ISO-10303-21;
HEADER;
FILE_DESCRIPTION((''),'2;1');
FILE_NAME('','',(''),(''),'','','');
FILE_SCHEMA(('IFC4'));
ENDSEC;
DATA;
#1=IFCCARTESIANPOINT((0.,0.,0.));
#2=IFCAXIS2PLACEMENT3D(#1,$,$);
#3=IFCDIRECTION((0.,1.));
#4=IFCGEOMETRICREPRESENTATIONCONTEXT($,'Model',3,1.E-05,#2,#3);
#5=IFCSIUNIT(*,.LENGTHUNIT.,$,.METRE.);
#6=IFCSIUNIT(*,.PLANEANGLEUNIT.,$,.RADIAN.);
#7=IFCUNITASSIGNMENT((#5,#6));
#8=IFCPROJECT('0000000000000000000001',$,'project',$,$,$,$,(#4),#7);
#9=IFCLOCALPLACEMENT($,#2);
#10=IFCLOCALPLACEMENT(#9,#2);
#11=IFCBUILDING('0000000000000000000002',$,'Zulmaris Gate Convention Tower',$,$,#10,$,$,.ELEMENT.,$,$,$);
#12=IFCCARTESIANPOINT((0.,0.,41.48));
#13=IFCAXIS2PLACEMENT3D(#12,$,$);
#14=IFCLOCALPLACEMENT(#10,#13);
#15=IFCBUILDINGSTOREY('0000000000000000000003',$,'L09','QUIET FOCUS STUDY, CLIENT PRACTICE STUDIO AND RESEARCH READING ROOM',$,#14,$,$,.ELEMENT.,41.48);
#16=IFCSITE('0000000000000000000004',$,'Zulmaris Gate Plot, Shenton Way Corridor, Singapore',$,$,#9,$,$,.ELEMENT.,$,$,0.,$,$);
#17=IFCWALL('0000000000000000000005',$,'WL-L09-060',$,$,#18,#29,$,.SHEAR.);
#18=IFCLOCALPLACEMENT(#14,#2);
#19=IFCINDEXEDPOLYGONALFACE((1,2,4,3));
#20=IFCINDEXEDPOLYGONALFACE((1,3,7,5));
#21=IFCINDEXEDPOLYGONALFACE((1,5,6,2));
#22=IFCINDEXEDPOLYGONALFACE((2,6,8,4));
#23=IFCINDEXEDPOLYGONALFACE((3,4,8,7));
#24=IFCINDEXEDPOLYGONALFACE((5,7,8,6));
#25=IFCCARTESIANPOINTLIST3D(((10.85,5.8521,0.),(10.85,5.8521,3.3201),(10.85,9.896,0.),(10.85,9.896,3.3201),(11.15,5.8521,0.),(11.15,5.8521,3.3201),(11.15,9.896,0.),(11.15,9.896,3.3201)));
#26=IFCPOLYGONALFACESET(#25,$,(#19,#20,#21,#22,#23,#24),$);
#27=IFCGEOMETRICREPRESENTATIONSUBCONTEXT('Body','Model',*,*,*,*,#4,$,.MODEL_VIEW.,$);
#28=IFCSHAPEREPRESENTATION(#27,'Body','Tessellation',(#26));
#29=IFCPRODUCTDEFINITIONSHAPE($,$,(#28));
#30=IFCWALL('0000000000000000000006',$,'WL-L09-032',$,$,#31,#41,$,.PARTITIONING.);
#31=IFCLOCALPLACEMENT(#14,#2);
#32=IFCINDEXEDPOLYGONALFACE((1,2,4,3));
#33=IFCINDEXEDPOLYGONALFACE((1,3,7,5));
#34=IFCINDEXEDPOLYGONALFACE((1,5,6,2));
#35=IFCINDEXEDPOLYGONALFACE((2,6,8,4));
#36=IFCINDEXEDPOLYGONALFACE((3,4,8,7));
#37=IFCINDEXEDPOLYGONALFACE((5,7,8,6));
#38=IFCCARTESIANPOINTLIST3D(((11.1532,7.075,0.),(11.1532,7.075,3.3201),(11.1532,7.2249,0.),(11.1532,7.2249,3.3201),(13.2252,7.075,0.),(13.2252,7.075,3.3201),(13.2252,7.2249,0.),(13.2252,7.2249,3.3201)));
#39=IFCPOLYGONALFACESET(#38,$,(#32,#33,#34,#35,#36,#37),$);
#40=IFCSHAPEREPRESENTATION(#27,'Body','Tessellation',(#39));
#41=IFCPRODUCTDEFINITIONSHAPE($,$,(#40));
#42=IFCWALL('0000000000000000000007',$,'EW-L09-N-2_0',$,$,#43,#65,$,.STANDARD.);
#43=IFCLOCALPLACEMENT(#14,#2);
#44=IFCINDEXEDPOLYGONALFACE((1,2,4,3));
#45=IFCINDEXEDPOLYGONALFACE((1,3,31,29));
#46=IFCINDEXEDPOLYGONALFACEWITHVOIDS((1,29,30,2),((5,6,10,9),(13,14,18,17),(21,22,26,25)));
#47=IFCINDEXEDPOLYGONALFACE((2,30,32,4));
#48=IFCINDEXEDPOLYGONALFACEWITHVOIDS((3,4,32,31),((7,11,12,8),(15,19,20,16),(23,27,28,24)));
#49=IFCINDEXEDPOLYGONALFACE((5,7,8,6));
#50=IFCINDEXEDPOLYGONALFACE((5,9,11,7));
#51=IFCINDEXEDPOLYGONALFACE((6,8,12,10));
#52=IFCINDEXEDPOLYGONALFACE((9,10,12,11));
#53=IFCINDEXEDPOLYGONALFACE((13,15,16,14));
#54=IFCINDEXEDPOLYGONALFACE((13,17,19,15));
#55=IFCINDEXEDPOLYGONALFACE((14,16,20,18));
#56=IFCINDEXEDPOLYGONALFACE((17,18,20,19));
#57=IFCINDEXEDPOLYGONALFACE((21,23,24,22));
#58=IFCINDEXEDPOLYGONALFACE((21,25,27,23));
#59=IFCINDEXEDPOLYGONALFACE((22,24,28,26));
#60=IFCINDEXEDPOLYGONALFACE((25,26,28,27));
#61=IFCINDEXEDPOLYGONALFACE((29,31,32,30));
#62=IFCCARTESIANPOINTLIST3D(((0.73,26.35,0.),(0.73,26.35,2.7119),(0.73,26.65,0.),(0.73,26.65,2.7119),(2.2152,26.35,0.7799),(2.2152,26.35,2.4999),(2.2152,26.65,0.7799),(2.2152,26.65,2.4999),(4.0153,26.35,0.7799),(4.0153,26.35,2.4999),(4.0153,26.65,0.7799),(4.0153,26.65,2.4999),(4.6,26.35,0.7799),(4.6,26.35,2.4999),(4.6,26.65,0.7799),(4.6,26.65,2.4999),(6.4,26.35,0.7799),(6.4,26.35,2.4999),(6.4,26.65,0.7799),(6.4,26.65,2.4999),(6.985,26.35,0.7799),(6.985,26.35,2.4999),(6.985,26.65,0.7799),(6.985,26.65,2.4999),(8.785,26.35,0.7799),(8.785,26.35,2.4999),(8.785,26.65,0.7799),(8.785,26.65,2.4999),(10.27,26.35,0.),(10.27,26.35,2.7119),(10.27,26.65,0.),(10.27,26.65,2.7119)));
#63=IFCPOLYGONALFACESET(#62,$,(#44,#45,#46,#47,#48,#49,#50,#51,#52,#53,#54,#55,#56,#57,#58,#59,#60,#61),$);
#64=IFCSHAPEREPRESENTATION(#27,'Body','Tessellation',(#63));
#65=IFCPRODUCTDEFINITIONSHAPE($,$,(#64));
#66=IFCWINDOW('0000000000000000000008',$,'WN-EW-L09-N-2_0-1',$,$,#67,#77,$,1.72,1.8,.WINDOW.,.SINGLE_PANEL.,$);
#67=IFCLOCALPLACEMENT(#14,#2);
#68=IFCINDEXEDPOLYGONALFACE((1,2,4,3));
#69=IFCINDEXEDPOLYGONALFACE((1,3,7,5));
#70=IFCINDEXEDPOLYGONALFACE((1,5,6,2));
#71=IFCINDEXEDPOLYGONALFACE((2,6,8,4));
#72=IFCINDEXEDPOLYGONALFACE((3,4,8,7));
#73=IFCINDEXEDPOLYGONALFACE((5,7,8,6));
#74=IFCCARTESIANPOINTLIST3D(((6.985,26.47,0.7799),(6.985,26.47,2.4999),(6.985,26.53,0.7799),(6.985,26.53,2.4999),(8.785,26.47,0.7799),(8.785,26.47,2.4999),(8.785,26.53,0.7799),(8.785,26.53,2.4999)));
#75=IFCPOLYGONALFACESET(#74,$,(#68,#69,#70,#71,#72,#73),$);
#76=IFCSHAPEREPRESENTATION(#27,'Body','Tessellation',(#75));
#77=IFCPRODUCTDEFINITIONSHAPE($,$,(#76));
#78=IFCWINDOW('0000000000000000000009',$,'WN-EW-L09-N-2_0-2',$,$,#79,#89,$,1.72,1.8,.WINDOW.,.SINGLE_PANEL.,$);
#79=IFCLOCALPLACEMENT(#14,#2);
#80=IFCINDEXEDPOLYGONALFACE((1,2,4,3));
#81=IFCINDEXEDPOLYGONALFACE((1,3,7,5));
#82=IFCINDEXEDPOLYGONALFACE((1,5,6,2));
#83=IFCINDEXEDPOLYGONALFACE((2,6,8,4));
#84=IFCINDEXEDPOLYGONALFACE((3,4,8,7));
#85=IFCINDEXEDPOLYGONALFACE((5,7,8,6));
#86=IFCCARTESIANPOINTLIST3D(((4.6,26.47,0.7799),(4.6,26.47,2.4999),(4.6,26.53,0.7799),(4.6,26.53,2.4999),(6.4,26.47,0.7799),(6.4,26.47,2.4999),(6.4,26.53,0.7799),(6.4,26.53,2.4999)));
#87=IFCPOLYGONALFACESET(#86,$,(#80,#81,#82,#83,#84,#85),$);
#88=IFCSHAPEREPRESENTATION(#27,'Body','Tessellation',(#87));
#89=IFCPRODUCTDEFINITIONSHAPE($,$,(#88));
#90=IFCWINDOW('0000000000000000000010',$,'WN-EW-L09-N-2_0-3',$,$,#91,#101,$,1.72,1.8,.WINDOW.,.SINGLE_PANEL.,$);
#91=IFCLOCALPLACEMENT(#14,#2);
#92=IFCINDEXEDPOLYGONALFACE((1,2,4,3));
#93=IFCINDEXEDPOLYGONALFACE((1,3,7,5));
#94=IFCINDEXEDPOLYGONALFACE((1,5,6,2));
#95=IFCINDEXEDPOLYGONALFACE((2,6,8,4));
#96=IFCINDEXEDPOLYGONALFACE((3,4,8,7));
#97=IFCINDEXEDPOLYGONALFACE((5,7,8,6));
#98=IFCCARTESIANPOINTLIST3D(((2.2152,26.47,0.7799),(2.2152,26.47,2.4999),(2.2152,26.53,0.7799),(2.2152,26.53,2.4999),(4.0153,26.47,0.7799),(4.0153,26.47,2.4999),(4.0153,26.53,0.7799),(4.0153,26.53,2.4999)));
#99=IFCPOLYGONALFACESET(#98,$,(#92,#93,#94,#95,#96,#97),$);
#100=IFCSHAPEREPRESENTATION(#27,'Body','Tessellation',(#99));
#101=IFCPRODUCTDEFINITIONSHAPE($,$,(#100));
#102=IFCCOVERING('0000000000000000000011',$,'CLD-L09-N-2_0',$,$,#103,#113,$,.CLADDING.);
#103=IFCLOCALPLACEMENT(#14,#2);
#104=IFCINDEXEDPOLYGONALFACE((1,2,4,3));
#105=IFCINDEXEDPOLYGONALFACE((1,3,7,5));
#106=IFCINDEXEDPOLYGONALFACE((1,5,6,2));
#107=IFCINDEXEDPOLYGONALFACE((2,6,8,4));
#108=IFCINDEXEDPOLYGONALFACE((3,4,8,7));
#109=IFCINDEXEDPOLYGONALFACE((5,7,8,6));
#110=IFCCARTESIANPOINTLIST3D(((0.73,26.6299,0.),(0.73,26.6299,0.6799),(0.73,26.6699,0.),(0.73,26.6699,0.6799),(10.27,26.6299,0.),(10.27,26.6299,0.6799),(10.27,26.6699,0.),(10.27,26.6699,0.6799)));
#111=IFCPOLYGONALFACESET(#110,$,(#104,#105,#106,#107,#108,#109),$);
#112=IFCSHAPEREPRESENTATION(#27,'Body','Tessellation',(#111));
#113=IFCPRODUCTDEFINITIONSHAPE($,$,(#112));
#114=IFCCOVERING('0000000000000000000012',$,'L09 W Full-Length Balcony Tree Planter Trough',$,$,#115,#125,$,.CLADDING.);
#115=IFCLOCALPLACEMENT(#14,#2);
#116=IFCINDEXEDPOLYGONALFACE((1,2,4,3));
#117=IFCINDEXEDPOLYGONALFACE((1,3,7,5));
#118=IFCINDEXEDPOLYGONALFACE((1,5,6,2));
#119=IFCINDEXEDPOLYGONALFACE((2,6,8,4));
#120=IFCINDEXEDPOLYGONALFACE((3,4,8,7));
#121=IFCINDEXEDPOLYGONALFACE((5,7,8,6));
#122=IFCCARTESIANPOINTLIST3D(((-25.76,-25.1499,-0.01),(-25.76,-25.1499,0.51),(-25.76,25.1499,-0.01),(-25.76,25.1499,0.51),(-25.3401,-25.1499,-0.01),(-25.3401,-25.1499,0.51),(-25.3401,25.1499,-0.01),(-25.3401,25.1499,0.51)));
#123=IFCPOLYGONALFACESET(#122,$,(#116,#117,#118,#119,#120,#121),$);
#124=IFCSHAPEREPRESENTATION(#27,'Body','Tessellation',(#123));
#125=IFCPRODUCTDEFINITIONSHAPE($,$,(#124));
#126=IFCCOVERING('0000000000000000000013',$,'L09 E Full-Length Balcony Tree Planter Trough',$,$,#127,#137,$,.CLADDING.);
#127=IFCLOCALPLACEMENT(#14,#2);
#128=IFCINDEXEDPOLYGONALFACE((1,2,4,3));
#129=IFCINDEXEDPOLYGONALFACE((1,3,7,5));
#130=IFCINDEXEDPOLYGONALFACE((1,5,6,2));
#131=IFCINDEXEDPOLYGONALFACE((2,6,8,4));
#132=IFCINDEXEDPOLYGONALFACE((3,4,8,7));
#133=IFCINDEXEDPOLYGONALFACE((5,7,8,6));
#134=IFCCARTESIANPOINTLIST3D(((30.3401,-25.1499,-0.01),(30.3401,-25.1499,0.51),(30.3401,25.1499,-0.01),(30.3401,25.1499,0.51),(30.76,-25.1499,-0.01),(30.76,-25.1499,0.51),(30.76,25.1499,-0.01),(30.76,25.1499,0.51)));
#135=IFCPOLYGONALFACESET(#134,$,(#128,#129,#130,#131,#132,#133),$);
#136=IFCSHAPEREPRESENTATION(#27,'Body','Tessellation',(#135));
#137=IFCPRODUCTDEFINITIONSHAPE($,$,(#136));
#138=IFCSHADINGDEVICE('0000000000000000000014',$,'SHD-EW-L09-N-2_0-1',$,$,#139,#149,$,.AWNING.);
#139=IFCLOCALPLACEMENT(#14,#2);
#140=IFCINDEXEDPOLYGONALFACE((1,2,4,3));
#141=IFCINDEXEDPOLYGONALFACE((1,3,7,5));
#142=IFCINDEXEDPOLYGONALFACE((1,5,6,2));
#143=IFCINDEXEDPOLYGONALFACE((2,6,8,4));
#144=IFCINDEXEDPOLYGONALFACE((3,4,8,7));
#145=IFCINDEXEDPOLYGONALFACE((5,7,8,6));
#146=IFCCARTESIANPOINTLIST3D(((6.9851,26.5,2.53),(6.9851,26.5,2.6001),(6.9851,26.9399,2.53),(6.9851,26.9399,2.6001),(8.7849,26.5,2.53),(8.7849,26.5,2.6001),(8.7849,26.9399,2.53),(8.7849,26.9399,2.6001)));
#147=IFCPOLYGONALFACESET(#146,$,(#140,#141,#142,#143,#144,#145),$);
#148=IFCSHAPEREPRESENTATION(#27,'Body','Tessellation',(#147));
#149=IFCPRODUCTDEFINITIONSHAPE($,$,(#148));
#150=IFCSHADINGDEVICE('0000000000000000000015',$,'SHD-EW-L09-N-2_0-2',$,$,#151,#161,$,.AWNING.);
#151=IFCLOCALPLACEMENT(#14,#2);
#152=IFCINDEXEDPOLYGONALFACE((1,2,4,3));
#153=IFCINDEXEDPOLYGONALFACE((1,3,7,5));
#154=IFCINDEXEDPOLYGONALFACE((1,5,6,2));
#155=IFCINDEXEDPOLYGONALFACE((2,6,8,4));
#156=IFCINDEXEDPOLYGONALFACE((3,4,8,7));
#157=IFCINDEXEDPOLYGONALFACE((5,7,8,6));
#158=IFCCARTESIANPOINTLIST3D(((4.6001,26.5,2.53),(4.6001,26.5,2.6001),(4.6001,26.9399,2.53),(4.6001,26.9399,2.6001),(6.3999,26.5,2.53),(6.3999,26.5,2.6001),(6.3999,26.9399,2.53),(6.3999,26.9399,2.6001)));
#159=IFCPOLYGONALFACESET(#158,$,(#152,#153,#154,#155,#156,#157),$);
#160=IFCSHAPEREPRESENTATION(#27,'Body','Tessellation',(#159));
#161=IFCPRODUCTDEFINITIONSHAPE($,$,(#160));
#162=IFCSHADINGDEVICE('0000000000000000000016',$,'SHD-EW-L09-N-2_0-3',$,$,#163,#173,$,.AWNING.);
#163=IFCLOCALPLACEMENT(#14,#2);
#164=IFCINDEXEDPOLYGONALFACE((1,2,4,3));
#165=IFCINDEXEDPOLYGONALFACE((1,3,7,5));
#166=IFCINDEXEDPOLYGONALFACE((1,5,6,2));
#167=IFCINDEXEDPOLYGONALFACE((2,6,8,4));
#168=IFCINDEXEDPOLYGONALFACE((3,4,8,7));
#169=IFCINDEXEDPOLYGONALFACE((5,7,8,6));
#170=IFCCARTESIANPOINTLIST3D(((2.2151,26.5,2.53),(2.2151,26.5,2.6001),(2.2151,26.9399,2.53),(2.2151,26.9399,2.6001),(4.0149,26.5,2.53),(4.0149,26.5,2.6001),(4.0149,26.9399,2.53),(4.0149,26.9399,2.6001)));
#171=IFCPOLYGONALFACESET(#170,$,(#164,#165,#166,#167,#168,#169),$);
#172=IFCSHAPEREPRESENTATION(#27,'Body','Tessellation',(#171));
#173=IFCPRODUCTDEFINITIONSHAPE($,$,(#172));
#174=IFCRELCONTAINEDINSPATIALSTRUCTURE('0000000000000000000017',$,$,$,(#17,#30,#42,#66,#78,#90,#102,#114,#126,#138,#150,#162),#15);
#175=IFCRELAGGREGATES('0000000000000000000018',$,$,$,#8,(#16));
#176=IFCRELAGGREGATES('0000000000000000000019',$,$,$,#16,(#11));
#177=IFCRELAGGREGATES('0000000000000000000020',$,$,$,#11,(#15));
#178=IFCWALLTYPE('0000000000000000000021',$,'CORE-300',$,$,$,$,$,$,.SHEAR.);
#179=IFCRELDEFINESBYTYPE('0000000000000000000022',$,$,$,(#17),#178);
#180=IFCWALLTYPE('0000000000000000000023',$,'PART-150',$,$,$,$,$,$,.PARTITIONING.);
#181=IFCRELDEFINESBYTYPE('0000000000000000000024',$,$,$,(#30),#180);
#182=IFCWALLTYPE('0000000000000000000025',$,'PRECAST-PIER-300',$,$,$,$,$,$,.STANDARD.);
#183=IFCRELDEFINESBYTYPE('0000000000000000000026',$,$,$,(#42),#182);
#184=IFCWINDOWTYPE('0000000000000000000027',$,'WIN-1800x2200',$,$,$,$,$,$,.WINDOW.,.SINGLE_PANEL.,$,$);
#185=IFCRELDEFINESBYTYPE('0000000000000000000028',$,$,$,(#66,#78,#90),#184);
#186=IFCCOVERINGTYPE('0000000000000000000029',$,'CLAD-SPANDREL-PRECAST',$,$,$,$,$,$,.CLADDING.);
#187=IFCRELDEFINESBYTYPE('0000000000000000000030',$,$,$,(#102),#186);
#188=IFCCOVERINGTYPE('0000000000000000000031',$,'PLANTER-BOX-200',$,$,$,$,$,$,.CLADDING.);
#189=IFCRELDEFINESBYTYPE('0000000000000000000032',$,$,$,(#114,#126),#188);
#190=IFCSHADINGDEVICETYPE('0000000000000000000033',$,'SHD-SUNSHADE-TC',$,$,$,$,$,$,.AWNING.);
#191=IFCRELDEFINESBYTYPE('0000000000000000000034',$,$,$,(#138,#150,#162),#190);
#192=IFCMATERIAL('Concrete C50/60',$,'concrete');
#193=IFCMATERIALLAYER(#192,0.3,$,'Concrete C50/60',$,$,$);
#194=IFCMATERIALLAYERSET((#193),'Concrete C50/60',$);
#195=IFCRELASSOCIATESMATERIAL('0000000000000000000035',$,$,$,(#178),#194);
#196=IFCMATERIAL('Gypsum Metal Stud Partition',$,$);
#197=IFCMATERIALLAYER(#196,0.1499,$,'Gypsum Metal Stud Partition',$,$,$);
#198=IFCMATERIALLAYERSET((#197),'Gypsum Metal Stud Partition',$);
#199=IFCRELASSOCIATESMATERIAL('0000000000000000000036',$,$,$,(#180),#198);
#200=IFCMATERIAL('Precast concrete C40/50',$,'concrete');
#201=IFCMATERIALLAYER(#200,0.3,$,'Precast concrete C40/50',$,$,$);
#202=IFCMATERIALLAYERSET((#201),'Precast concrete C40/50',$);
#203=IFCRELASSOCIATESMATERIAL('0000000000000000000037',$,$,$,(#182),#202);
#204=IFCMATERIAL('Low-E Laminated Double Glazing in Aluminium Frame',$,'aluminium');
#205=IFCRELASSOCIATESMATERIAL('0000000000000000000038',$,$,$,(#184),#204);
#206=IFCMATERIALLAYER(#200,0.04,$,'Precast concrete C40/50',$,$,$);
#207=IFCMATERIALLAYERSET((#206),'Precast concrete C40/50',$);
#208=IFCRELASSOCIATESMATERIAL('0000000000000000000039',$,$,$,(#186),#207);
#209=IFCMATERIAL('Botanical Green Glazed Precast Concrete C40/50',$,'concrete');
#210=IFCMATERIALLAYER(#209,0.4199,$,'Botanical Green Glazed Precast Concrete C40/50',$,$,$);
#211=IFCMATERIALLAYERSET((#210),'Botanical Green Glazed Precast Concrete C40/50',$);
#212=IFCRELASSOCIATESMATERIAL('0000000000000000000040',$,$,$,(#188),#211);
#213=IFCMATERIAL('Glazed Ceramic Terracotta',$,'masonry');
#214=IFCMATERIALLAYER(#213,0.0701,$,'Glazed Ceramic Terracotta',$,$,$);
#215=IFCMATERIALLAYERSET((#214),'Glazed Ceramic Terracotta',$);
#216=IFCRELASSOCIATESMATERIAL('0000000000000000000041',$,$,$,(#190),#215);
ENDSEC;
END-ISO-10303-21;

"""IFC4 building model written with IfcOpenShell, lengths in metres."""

from ifc_helpers import new_model, si_unit, direction, frame, frame_2d, origin, place, context, subcontext, project, spatial, polyline, rectangle, outline, extrude, material, layer, layer_set, type_object, element, fill, save


model = new_model("IFC4")

# Units and contexts
model_context = context("Model", 3, precision=1e-05, world=origin(), true_north=direction((0.0, 1.0)))
body_context = subcontext(model_context, "Body", "Model", "MODEL_VIEW")
ifc_project = project(units=[si_unit("LENGTHUNIT", "METRE"), si_unit("PLANEANGLEUNIT", "RADIAN")], contexts=[model_context])

# Site, building, storey
site_placement = place(None, origin())
site = spatial("IfcSite", under=ifc_project, at=site_placement, Name="Zulmaris Gate Plot, Shenton Way Corridor, Singapore", CompositionType="ELEMENT", RefElevation=0.0)
building_placement = place(site_placement, origin())
building = spatial("IfcBuilding", under=site, at=building_placement, Name="Zulmaris Gate Convention Tower", CompositionType="ELEMENT")
storey_placement = place(building_placement, frame((0.0, 0.0, 41.48)))
storey = spatial("IfcBuildingStorey", under=building, at=storey_placement, Name="L09", Description="QUIET FOCUS STUDY, CLIENT PRACTICE STUDIO AND RESEARCH READING ROOM", CompositionType="ELEMENT", Elevation=41.48)

# Shared definitions
ifc_material_1 = material(Name="Concrete C50/60", Category="concrete")
ifc_layer_1 = layer(ifc_material_1, 0.3, Name="Concrete C50/60")
ifc_layer_set_1 = layer_set([ifc_layer_1], Name="Concrete C50/60")
wall_type_1 = type_object("IfcWallType", Name="CORE-300", PredefinedType="SHEAR", material=ifc_layer_set_1)

# Walls
wall_1_placement = place(storey_placement, frame((11.0, 5.8521, 0.0), z_axis=(0.0, 0.0, 1.0), x_axis=(0.0, 1.0, 0.0)))
element("IfcWall", 1, at=wall_1_placement, inside=storey, type_object=wall_type_1, Name="WL-L09-060", PredefinedType="SHEAR", context=body_context, shape_type="SweptSolid", body=[
    extrude(rectangle(XDim=4.0439, YDim=0.3, at=frame_2d((2.022, 0.0))), origin(), (0.0, 0.0, 1.0), 3.3201),
])
ifc_material_2 = material(Name="Gypsum Metal Stud Partition")
ifc_layer_2 = layer(ifc_material_2, 0.1499, Name="Gypsum Metal Stud Partition")
ifc_layer_set_2 = layer_set([ifc_layer_2], Name="Gypsum Metal Stud Partition")
wall_type_2 = type_object("IfcWallType", Name="PART-150", PredefinedType="PARTITIONING", material=ifc_layer_set_2)
wall_2_placement = place(storey_placement, frame((11.1531, 7.1499, 0.0), z_axis=(0.0, 0.0, 1.0), x_axis=(1.0, 0.0, 0.0)))
element("IfcWall", 2, at=wall_2_placement, inside=storey, type_object=wall_type_2, Name="WL-L09-032", PredefinedType="PARTITIONING", context=body_context, shape_type="SweptSolid", body=[
    extrude(rectangle(XDim=2.072, YDim=0.1499, at=frame_2d((1.0361, 0.0))), origin(), (0.0, 0.0, 1.0), 3.3201),
])

# Wall, openings, windows
ifc_material_3 = material(Name="Precast concrete C40/50", Category="concrete")
ifc_layer_3 = layer(ifc_material_3, 0.3, Name="Precast concrete C40/50")
ifc_layer_set_3 = layer_set([ifc_layer_3], Name="Precast concrete C40/50")
wall_type_3 = type_object("IfcWallType", Name="PRECAST-PIER-300", PredefinedType="STANDARD", material=ifc_layer_set_3)
wall_3_placement = place(storey_placement, frame((10.27, 26.5, 0.0), z_axis=(0.0, 0.0, 1.0), x_axis=(-1.0, 0.0, 0.0)))
wall_3 = element("IfcWall", 3, at=wall_3_placement, inside=storey, type_object=wall_type_3, Name="EW-L09-N-2_0", PredefinedType="STANDARD", context=body_context, shape_type="SweptSolid", body=[
    extrude(rectangle(XDim=9.54, YDim=0.3, at=frame_2d((4.77, 0.0))), origin(), (0.0, 0.0, 1.0), 2.7119),
])
opening_1_placement = place(wall_3_placement, frame((1.4851, 0.0, 0.78)))
opening_1 = element("IfcOpeningElement", 4, at=opening_1_placement, cuts=wall_3, PredefinedType="OPENING", context=body_context, shape_type="SweptSolid", body=[
    extrude(rectangle(XDim=1.8, YDim=1.72, at=frame_2d((0.8999, 0.8599))), frame((0.0, 0.1602, 0.0), z_axis=(0.0, -1.0, 0.0), x_axis=(1.0, 0.0, 0.0)), (0.0, 0.0, 1.0), 0.3201),
])
opening_2_placement = place(wall_3_placement, frame((3.8701, 0.0, 0.78)))
opening_2 = element("IfcOpeningElement", 5, at=opening_2_placement, cuts=wall_3, PredefinedType="OPENING", context=body_context, shape_type="SweptSolid", body=[
    extrude(rectangle(XDim=1.8, YDim=1.72, at=frame_2d((0.8999, 0.8599))), frame((0.0, 0.1602, 0.0), z_axis=(0.0, -1.0, 0.0), x_axis=(1.0, 0.0, 0.0)), (0.0, 0.0, 1.0), 0.3201),
])
opening_3_placement = place(wall_3_placement, frame((6.2549, 0.0, 0.78)))
opening_3 = element("IfcOpeningElement", 6, at=opening_3_placement, cuts=wall_3, PredefinedType="OPENING", context=body_context, shape_type="SweptSolid", body=[
    extrude(rectangle(XDim=1.8, YDim=1.72, at=frame_2d((0.8999, 0.8599))), frame((0.0, 0.1602, 0.0), z_axis=(0.0, -1.0, 0.0), x_axis=(1.0, 0.0, 0.0)), (0.0, 0.0, 1.0), 0.3201),
])
ifc_material_4 = material(Name="Low-E Laminated Double Glazing in Aluminium Frame", Category="aluminium")
window_type = type_object("IfcWindowType", Name="WIN-1800x2200", PartitioningType="SINGLE_PANEL", PredefinedType="WINDOW", material=ifc_material_4)
window_1_placement = place(opening_1_placement, origin())
window_1 = element("IfcWindow", 7, at=window_1_placement, inside=storey, type_object=window_type, Name="WN-EW-L09-N-2_0-1", OverallHeight=1.72, OverallWidth=1.8, PartitioningType="SINGLE_PANEL", PredefinedType="WINDOW", context=body_context, shape_type="SweptSolid", body=[
    extrude(rectangle(XDim=1.8, YDim=1.72, at=frame_2d((0.8999, 0.8599))), frame((0.0, 0.03, 0.0), z_axis=(0.0, -1.0, 0.0), x_axis=(1.0, 0.0, 0.0)), (0.0, 0.0, 1.0), 0.0601),
])
fill(opening_1, window_1)
window_2_placement = place(opening_2_placement, origin())
window_2 = element("IfcWindow", 8, at=window_2_placement, inside=storey, type_object=window_type, Name="WN-EW-L09-N-2_0-2", OverallHeight=1.72, OverallWidth=1.8, PartitioningType="SINGLE_PANEL", PredefinedType="WINDOW", context=body_context, shape_type="SweptSolid", body=[
    extrude(rectangle(XDim=1.8, YDim=1.72, at=frame_2d((0.8999, 0.8599))), frame((0.0, 0.03, 0.0), z_axis=(0.0, -1.0, 0.0), x_axis=(1.0, 0.0, 0.0)), (0.0, 0.0, 1.0), 0.0601),
])
fill(opening_2, window_2)
window_3_placement = place(opening_3_placement, origin())
window_3 = element("IfcWindow", 9, at=window_3_placement, inside=storey, type_object=window_type, Name="WN-EW-L09-N-2_0-3", OverallHeight=1.72, OverallWidth=1.8, PartitioningType="SINGLE_PANEL", PredefinedType="WINDOW", context=body_context, shape_type="SweptSolid", body=[
    extrude(rectangle(XDim=1.8, YDim=1.72, at=frame_2d((0.8999, 0.8599))), frame((0.0, 0.03, 0.0), z_axis=(0.0, -1.0, 0.0), x_axis=(1.0, 0.0, 0.0)), (0.0, 0.0, 1.0), 0.0601),
])
fill(opening_3, window_3)

# Coverings
ifc_layer_4 = layer(ifc_material_3, 0.04, Name="Precast concrete C40/50")
ifc_layer_set_4 = layer_set([ifc_layer_4], Name="Precast concrete C40/50")
covering_type_1 = type_object("IfcCoveringType", Name="CLAD-SPANDREL-PRECAST", PredefinedType="CLADDING", material=ifc_layer_set_4)
covering_1_placement = place(storey_placement, frame((10.27, 26.6499, 0.0), z_axis=(0.0, 0.0, 1.0), x_axis=(-1.0, 0.0, 0.0)))
element("IfcCovering", 10, at=covering_1_placement, inside=storey, type_object=covering_type_1, Name="CLD-L09-N-2_0", PredefinedType="CLADDING", context=body_context, shape_type="SweptSolid", body=[
    extrude(rectangle(XDim=9.54, YDim=0.04, at=frame_2d((4.77, 0.0))), origin(), (0.0, 0.0, 1.0), 0.6799),
])
ifc_material_5 = material(Name="Botanical Green Glazed Precast Concrete C40/50", Category="concrete")
ifc_layer_5 = layer(ifc_material_5, 0.4199, Name="Botanical Green Glazed Precast Concrete C40/50")
ifc_layer_set_5 = layer_set([ifc_layer_5], Name="Botanical Green Glazed Precast Concrete C40/50")
covering_type_2 = type_object("IfcCoveringType", Name="PLANTER-BOX-200", PredefinedType="CLADDING", material=ifc_layer_set_5)
covering_2_placement = place(storey_placement, frame((0.0, 0.0, -0.01)))
element("IfcCovering", 11, at=covering_2_placement, inside=storey, type_object=covering_type_2, Name="L09 W Full-Length Balcony Tree Planter Trough", PredefinedType="CLADDING", context=body_context, shape_type="SweptSolid", body=[
    extrude(outline(polyline([(-25.76, -25.1499), (-25.3401, -25.1499), (-25.3401, 25.1499), (-25.76, 25.1499), (-25.76, -25.1499)])), origin(), (0.0, 0.0, 1.0), 0.52),
])
covering_3_placement = place(storey_placement, frame((0.0, 0.0, -0.01)))
element("IfcCovering", 12, at=covering_3_placement, inside=storey, type_object=covering_type_2, Name="L09 E Full-Length Balcony Tree Planter Trough", PredefinedType="CLADDING", context=body_context, shape_type="SweptSolid", body=[
    extrude(outline(polyline([(30.3401, -25.1499), (30.76, -25.1499), (30.76, 25.1499), (30.3401, 25.1499), (30.3401, -25.1499)])), origin(), (0.0, 0.0, 1.0), 0.52),
])

# Shading devices
ifc_material_6 = material(Name="Glazed Ceramic Terracotta", Category="masonry")
ifc_layer_6 = layer(ifc_material_6, 0.0701, Name="Glazed Ceramic Terracotta")
ifc_layer_set_6 = layer_set([ifc_layer_6], Name="Glazed Ceramic Terracotta")
shading_device_type = type_object("IfcShadingDeviceType", Name="SHD-SUNSHADE-TC", PredefinedType="AWNING", material=ifc_layer_set_6)
for number, where, z_axis, x_axis, name in (
    (13, (8.7849, 26.72, 2.53), (0.0, 0.0, 1.0), (-1.0, 0.0, 0.0), "SHD-EW-L09-N-2_0-1"),
    (14, (6.3999, 26.72, 2.53), (0.0, 0.0, 1.0), (-1.0, 0.0, 0.0), "SHD-EW-L09-N-2_0-2"),
    (15, (4.0149, 26.72, 2.53), (0.0, 0.0, 1.0), (-1.0, 0.0, 0.0), "SHD-EW-L09-N-2_0-3"),
):
    element("IfcShadingDevice", number, at=place(storey_placement, frame(where, z_axis=z_axis, x_axis=x_axis)), inside=storey, type_object=shading_device_type, Name=name, PredefinedType="AWNING", context=body_context, shape_type="SweptSolid", body=[
        extrude(rectangle(XDim=1.7998, YDim=0.4399, at=frame_2d((0.8999, 0.0))), origin(), (0.0, 0.0, 1.0), 0.0701),
    ])

save(model, "model.ifc")
